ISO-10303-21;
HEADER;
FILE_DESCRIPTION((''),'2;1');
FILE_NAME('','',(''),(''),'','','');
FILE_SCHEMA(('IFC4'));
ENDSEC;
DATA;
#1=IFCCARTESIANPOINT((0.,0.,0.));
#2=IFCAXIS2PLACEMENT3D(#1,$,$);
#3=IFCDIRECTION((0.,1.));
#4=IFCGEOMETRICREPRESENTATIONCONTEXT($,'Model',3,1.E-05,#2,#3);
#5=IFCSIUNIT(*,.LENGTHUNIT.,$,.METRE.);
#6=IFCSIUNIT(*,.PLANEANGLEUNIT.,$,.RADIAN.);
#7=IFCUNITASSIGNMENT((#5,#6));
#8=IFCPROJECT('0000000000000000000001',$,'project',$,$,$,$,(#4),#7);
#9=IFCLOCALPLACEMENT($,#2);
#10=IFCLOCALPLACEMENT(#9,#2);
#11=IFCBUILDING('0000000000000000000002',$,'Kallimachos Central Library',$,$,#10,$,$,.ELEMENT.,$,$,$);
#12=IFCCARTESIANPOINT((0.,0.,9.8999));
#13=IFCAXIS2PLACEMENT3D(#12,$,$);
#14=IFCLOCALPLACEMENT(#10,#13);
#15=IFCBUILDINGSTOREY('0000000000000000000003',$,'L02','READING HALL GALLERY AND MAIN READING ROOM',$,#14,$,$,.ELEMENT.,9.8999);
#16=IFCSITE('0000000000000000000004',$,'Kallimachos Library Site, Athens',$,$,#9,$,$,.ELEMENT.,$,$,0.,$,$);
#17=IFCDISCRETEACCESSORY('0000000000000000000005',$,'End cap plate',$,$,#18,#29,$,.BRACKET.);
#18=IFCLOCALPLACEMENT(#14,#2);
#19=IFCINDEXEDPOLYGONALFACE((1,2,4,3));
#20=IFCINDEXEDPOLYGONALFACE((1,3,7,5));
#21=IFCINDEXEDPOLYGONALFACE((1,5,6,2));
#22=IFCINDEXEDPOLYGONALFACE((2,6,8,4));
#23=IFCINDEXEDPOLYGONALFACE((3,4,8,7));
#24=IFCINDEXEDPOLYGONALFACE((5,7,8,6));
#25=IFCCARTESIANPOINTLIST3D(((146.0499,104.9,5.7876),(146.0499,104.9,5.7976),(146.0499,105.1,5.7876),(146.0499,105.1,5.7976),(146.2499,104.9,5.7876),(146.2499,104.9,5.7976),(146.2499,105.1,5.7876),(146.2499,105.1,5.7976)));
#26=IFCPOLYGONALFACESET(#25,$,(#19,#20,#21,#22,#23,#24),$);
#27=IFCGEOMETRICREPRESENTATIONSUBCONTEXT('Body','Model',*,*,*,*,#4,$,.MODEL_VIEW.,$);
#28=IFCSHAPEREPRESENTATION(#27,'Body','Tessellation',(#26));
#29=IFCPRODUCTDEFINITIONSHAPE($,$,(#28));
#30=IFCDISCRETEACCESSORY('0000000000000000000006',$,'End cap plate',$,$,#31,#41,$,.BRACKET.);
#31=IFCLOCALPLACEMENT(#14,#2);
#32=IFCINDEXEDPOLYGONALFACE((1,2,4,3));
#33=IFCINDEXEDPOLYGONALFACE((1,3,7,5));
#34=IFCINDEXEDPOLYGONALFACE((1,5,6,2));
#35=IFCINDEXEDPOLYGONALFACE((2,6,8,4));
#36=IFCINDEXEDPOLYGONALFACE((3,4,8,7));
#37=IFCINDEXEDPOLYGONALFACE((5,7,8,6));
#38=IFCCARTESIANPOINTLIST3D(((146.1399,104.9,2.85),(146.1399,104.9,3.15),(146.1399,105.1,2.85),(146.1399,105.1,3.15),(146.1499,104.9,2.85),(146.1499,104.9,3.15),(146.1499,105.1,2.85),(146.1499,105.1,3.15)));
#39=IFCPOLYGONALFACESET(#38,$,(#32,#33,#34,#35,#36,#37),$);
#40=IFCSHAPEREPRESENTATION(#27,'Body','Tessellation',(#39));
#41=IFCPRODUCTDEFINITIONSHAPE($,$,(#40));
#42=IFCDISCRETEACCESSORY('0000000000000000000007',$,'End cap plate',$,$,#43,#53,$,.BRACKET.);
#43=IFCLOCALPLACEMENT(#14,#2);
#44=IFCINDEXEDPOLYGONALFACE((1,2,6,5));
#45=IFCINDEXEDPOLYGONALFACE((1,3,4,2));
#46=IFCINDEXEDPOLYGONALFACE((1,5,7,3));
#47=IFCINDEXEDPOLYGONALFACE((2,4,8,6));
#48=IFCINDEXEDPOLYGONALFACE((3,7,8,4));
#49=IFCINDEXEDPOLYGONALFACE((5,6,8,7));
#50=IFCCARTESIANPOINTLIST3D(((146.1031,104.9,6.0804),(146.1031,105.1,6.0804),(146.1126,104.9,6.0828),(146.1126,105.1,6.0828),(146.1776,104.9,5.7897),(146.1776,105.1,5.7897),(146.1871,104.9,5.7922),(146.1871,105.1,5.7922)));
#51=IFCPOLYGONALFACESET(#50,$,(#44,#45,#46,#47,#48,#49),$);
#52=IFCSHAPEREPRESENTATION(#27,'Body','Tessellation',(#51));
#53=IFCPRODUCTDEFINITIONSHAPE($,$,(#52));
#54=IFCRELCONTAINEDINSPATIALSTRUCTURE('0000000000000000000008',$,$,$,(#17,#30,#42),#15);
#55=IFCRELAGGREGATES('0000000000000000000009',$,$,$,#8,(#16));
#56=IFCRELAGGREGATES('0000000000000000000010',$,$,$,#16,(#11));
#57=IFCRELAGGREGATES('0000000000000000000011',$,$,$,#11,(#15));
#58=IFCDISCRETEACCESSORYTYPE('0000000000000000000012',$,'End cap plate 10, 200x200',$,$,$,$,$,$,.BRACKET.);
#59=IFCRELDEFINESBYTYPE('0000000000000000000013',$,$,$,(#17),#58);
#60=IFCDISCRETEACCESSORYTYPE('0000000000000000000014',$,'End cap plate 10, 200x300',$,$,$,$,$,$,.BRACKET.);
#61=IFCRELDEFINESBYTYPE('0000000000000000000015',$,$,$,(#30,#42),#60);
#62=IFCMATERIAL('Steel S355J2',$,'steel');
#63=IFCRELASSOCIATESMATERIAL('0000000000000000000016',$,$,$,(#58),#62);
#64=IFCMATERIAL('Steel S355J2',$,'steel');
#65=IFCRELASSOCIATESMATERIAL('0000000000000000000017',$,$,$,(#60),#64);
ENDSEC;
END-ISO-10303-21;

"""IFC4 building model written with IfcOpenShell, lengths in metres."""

from ifc_helpers import new_model, si_unit, direction, frame, origin, origin_2d, place, context, subcontext, project, spatial, rectangle, extrude, material, material_profile, profile_set, type_object, element, save


model = new_model("IFC4")

# Units and contexts
model_context = context("Model", 3, precision=1e-05, world=origin(), true_north=direction((0.0, 1.0)))
body_context = subcontext(model_context, "Body", "Model", "MODEL_VIEW")
ifc_project = project(units=[si_unit("LENGTHUNIT", "METRE"), si_unit("PLANEANGLEUNIT", "RADIAN")], contexts=[model_context])

# Site, building, storey
site_placement = place(None, origin())
site = spatial("IfcSite", under=ifc_project, at=site_placement, Name="Kallimachos Library Site, Athens", CompositionType="ELEMENT", RefElevation=0.0)
building_placement = place(site_placement, origin())
building = spatial("IfcBuilding", under=site, at=building_placement, Name="Kallimachos Central Library", CompositionType="ELEMENT")
storey_placement = place(building_placement, frame((0.0, 0.0, 9.8999)))
storey = spatial("IfcBuildingStorey", under=building, at=storey_placement, Name="L02", Description="READING HALL GALLERY AND MAIN READING ROOM", CompositionType="ELEMENT", Elevation=9.8999)

# Discrete accessories
ifc_material_1 = material(Name="Steel S355J2", Category="steel")
ifc_material_profile_1 = material_profile(ifc_material_1, rectangle(XDim=0.2, YDim=0.2, at=origin_2d()), Name="End cap plate 10, 200x200")
ifc_profile_set_1 = profile_set([ifc_material_profile_1], Name="Steel S355J2")
discrete_accessory_type_1 = type_object("IfcDiscreteAccessoryType", Name="End cap plate 10, 200x200", PredefinedType="BRACKET", material=ifc_profile_set_1)
discrete_accessory_1_placement = place(storey_placement, frame((146.1499, 105.0, 5.7876), z_axis=(0.0, 0.0, 1.0), x_axis=(1.0, 0.0, 0.0)))
element("IfcDiscreteAccessory", 1, at=discrete_accessory_1_placement, inside=storey, type_object=discrete_accessory_type_1, Name="End cap plate", PredefinedType="BRACKET", context=body_context, shape_type="SweptSolid", body=[
    extrude(rectangle(XDim=0.2, YDim=0.2, at=origin_2d()), origin(), (0.0, 0.0, 1.0), 0.01),
])
ifc_material_2 = material(Name="Steel S355J2", Category="steel")
ifc_material_profile_2 = material_profile(ifc_material_2, rectangle(XDim=0.2, YDim=0.3, at=origin_2d()), Name="End cap plate 10, 200x300")
ifc_profile_set_2 = profile_set([ifc_material_profile_2], Name="Steel S355J2")
discrete_accessory_type_2 = type_object("IfcDiscreteAccessoryType", Name="End cap plate 10, 200x300", PredefinedType="BRACKET", material=ifc_profile_set_2)
discrete_accessory_2_placement = place(storey_placement, frame((146.1399, 105.0, 3.0), z_axis=(1.0, 0.0, 0.0), x_axis=(0.0, 1.0, 0.0)))
element("IfcDiscreteAccessory", 2, at=discrete_accessory_2_placement, inside=storey, type_object=discrete_accessory_type_2, Name="End cap plate", PredefinedType="BRACKET", context=body_context, shape_type="SweptSolid", body=[
    extrude(rectangle(XDim=0.2, YDim=0.3, at=origin_2d()), origin(), (0.0, 0.0, 1.0), 0.01),
])
discrete_accessory_3_placement = place(storey_placement, frame((146.1404, 105.0, 5.9351), z_axis=(0.968664, 0.0, 0.248375), x_axis=(0.0, 1.0, 0.0)))
element("IfcDiscreteAccessory", 3, at=discrete_accessory_3_placement, inside=storey, type_object=discrete_accessory_type_2, Name="End cap plate", PredefinedType="BRACKET", context=body_context, shape_type="SweptSolid", body=[
    extrude(rectangle(XDim=0.2, YDim=0.3, at=origin_2d()), origin(), (0.0, 0.0, 1.0), 0.0098),
])

save(model, "model.ifc")
